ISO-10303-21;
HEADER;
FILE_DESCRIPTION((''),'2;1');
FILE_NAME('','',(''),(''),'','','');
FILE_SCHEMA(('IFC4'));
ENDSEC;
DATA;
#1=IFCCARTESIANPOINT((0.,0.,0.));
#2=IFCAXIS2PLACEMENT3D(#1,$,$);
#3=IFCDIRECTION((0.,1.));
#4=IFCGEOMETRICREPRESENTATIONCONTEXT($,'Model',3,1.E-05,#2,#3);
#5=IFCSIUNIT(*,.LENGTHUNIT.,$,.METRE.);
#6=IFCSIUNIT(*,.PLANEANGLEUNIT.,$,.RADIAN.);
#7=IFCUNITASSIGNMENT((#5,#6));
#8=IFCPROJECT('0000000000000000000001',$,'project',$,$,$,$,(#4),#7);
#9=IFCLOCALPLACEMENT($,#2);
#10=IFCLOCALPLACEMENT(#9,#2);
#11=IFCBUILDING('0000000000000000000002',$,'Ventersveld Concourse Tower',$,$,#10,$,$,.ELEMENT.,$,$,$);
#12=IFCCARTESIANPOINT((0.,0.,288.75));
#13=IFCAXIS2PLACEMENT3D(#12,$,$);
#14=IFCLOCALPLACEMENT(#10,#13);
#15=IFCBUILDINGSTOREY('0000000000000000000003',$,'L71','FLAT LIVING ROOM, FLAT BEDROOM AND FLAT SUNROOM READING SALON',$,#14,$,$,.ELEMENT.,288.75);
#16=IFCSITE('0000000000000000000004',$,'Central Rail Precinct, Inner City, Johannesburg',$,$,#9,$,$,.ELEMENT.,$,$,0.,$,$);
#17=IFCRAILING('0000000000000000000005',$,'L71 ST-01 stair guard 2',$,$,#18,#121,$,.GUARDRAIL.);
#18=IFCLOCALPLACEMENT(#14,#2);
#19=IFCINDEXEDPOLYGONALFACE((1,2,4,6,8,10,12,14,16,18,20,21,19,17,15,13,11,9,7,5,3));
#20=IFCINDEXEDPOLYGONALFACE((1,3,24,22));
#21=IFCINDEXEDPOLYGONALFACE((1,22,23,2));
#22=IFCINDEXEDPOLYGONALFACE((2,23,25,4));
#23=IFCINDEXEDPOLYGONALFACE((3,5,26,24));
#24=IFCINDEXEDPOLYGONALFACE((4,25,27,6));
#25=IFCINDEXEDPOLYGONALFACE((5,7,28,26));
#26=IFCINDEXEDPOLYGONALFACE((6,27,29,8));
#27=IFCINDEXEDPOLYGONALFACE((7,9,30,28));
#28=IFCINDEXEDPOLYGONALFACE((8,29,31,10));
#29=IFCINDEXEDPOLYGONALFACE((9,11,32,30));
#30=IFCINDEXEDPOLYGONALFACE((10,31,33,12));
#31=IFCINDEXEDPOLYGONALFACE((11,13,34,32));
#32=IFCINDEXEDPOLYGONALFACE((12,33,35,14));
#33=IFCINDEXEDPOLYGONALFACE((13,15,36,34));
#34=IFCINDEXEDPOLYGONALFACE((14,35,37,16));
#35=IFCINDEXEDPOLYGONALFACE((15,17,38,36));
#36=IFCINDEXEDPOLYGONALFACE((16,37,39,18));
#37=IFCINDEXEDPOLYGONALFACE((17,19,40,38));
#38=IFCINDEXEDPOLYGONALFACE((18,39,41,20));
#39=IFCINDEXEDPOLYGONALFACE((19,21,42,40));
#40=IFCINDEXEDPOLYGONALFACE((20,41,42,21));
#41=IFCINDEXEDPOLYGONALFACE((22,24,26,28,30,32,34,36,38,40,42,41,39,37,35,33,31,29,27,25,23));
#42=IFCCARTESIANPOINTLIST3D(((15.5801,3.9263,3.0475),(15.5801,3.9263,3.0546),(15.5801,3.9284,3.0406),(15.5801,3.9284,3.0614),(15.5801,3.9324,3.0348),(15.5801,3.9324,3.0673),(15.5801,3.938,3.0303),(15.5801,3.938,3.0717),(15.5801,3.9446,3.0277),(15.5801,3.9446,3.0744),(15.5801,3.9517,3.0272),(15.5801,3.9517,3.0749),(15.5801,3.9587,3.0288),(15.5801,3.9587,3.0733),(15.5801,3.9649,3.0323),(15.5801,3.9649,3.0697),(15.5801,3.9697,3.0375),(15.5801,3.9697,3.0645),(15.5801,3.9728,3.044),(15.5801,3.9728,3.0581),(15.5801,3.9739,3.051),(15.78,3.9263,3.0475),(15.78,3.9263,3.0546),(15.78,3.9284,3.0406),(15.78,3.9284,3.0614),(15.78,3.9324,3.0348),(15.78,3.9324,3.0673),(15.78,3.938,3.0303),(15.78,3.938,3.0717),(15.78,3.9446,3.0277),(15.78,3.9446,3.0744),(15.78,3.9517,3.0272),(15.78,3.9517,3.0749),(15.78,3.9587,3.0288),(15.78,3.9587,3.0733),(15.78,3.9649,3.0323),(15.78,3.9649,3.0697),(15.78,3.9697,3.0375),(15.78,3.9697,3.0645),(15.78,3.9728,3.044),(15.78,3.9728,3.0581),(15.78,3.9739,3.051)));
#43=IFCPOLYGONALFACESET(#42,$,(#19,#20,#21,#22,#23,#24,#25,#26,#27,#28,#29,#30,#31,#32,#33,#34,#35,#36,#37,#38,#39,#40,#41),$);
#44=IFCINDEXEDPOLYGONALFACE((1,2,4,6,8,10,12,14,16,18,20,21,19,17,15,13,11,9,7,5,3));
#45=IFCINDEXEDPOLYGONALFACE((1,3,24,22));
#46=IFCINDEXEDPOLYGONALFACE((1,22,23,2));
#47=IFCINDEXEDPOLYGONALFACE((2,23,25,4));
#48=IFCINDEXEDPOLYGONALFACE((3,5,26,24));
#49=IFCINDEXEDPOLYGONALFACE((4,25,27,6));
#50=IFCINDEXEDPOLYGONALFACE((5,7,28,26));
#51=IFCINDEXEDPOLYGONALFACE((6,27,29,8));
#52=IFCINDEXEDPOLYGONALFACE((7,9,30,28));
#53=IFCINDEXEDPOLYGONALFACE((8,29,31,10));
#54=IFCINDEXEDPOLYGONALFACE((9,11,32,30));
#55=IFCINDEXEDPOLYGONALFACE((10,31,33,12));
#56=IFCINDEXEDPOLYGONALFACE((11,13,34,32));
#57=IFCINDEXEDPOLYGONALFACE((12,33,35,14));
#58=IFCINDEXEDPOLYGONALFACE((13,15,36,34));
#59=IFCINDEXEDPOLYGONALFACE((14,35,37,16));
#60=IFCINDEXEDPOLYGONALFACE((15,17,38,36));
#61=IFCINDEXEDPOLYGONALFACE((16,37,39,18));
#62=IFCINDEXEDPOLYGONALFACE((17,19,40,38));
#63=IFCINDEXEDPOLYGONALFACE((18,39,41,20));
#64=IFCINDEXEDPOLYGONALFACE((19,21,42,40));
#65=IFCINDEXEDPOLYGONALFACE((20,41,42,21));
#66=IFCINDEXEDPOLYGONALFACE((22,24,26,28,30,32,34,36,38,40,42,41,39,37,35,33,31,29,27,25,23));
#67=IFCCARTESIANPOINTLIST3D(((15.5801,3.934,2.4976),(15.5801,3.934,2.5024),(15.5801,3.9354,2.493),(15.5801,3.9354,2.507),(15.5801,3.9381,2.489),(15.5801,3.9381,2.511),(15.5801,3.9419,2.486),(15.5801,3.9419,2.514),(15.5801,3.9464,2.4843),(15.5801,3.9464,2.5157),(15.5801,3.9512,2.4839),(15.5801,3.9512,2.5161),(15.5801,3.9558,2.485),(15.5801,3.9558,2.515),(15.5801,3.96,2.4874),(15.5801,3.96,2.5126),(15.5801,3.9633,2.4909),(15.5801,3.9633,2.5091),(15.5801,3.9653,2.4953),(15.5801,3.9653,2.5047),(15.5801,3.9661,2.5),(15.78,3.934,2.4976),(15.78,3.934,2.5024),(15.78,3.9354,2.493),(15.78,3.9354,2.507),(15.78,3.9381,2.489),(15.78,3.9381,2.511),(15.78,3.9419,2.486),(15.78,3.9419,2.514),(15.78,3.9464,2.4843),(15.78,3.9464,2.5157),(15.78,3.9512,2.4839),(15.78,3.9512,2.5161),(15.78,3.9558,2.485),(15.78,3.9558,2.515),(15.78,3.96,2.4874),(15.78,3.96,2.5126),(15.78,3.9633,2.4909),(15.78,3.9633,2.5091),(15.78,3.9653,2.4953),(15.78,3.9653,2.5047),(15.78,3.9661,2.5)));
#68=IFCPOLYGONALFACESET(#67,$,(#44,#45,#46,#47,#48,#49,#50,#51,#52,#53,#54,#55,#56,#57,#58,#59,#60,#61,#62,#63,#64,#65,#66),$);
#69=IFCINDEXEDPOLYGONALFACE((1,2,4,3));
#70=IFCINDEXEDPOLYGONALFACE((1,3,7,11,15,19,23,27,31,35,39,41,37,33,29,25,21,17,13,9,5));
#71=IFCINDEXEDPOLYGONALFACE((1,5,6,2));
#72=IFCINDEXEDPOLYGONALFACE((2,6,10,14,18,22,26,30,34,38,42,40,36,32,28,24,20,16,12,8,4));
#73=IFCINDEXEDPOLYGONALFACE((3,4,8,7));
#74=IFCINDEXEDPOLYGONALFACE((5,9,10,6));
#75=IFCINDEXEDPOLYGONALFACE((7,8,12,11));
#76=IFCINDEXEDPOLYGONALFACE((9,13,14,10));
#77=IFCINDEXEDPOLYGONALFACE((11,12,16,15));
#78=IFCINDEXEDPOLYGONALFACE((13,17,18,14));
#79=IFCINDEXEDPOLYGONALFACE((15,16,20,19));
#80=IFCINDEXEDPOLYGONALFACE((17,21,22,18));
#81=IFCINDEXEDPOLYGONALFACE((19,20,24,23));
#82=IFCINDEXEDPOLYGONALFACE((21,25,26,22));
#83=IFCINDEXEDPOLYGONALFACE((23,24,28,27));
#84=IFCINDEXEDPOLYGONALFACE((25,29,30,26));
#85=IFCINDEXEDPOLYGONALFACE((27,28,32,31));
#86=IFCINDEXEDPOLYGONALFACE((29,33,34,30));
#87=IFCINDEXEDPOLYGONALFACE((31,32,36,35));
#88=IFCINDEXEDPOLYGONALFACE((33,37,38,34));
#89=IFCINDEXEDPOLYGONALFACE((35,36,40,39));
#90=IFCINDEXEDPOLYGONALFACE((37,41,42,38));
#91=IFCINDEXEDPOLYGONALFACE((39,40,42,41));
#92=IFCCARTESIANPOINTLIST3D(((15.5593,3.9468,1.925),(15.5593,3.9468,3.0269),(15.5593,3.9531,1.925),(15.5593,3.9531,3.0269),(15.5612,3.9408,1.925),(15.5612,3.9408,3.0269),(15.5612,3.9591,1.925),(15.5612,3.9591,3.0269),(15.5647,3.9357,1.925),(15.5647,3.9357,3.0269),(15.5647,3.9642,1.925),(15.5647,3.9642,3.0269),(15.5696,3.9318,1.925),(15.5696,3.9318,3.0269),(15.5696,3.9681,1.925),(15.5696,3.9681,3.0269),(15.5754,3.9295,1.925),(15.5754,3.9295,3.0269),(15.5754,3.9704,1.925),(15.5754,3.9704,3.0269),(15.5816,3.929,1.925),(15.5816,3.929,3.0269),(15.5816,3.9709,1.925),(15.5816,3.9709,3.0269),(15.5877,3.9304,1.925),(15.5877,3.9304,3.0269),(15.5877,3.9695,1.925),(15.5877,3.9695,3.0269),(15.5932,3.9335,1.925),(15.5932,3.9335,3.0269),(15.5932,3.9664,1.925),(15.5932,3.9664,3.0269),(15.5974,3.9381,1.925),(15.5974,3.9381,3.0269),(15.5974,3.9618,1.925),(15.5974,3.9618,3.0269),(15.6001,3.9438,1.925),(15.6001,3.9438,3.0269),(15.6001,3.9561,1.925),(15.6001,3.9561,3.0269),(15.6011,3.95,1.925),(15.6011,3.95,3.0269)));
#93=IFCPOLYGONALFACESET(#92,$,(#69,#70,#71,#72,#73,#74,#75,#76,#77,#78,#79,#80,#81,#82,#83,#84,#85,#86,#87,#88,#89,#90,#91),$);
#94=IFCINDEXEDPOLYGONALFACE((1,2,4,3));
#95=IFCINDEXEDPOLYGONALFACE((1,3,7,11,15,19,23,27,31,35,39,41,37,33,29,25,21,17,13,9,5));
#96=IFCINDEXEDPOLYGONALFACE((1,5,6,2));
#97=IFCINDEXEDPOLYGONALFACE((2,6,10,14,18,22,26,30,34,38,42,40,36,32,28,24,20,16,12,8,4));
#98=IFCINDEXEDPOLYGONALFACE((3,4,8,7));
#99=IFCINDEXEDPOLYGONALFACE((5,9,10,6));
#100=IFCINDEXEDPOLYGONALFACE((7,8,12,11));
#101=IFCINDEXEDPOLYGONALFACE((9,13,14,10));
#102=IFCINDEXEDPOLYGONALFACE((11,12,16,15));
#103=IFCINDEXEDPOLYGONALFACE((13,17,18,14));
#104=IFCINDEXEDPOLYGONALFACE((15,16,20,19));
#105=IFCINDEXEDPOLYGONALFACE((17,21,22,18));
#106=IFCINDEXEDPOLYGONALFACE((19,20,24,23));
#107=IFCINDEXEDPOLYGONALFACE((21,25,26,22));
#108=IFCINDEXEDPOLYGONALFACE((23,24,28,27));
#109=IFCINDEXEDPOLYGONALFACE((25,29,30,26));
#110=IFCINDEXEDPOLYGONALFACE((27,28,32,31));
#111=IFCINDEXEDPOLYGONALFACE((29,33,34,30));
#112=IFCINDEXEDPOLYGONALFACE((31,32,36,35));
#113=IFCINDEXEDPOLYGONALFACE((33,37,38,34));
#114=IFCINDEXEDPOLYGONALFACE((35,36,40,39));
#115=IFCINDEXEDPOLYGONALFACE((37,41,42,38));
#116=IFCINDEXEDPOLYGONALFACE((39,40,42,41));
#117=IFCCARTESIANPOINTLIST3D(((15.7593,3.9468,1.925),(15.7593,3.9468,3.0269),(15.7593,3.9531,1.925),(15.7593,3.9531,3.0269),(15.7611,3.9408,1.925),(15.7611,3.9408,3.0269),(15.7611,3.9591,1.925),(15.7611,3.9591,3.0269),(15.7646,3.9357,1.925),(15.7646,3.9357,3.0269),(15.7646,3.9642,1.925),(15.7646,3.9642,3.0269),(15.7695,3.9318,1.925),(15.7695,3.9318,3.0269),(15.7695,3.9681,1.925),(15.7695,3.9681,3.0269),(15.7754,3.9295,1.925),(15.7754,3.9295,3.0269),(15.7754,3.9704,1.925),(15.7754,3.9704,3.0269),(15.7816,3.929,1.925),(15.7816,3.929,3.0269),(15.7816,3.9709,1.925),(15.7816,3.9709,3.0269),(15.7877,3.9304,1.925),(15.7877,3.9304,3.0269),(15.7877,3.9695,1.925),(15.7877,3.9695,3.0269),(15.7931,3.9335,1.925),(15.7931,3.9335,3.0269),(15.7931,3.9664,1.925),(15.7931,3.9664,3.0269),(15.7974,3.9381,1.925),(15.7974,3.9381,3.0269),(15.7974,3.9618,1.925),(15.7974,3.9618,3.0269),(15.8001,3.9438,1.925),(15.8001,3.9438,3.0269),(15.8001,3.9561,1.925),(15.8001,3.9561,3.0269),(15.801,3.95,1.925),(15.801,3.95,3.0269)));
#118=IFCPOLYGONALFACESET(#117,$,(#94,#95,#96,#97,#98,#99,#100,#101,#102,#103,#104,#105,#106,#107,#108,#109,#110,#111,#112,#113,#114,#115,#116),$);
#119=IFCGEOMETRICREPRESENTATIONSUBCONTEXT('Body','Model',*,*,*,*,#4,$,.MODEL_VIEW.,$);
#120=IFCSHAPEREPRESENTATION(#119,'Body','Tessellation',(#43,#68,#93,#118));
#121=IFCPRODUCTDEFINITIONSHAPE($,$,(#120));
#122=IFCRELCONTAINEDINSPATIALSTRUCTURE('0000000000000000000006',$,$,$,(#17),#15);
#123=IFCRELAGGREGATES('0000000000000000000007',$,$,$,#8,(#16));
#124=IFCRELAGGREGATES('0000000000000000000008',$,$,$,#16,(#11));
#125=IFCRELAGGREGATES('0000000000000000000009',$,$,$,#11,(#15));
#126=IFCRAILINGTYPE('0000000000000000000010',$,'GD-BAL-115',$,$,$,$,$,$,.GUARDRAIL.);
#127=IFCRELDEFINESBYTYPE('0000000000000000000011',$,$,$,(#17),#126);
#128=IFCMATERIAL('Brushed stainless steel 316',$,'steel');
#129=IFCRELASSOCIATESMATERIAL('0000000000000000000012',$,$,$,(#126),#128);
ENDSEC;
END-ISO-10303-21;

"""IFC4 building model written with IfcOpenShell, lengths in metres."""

from ifc_helpers import new_model, si_unit, direction, frame, origin, origin_2d, place, context, subcontext, project, spatial, circle, extrude, material, type_object, element, save


model = new_model("IFC4")

# Units and contexts
model_context = context("Model", 3, precision=1e-05, world=origin(), true_north=direction((0.0, 1.0)))
body_context = subcontext(model_context, "Body", "Model", "MODEL_VIEW")
ifc_project = project(units=[si_unit("LENGTHUNIT", "METRE"), si_unit("PLANEANGLEUNIT", "RADIAN")], contexts=[model_context])

# Site, building, storey
site_placement = place(None, origin())
site = spatial("IfcSite", under=ifc_project, at=site_placement, Name="Central Rail Precinct, Inner City, Johannesburg", CompositionType="ELEMENT", RefElevation=0.0)
building_placement = place(site_placement, origin())
building = spatial("IfcBuilding", under=site, at=building_placement, Name="Ventersveld Concourse Tower", CompositionType="ELEMENT")
storey_placement = place(building_placement, frame((0.0, 0.0, 288.75)))
storey = spatial("IfcBuildingStorey", under=building, at=storey_placement, Name="L71", Description="FLAT LIVING ROOM, FLAT BEDROOM AND FLAT SUNROOM READING SALON", CompositionType="ELEMENT", Elevation=288.75)

# Shared definitions
ifc_material_1 = material(Name="Brushed stainless steel 316", Category="steel")

# Railing
railing_type_1 = type_object("IfcRailingType", Name="GD-BAL-115", PredefinedType="GUARDRAIL", material=ifc_material_1)
railing_1_placement = place(storey_placement, frame((15.5801, 3.95, 1.925)))
element("IfcRailing", 1, at=railing_1_placement, inside=storey, type_object=railing_type_1, Name="L71 ST-01 stair guard 2", PredefinedType="GUARDRAIL", context=body_context, shape_type="SweptSolid", body=[
    extrude(circle(Radius=0.0239, at=origin_2d()), frame((0.0, 0.0, 1.126), z_axis=(1.0, 0.0, 0.0), x_axis=(0.0, 1.0, 0.0)), (0.0, 0.0, 1.0), 0.2),
    extrude(circle(Radius=0.0161, at=origin_2d()), frame((0.0, 0.0, 0.575), z_axis=(1.0, 0.0, 0.0), x_axis=(0.0, 1.0, 0.0)), (0.0, 0.0, 1.0), 0.2),
    extrude(circle(Radius=0.021, at=origin_2d()), origin(), (0.0, 0.0, 1.0), 1.1018),
    extrude(circle(Radius=0.021, at=origin_2d()), frame((0.2, 0.0, 0.0)), (0.0, 0.0, 1.0), 1.1018),
])

save(model, "model.ifc")
